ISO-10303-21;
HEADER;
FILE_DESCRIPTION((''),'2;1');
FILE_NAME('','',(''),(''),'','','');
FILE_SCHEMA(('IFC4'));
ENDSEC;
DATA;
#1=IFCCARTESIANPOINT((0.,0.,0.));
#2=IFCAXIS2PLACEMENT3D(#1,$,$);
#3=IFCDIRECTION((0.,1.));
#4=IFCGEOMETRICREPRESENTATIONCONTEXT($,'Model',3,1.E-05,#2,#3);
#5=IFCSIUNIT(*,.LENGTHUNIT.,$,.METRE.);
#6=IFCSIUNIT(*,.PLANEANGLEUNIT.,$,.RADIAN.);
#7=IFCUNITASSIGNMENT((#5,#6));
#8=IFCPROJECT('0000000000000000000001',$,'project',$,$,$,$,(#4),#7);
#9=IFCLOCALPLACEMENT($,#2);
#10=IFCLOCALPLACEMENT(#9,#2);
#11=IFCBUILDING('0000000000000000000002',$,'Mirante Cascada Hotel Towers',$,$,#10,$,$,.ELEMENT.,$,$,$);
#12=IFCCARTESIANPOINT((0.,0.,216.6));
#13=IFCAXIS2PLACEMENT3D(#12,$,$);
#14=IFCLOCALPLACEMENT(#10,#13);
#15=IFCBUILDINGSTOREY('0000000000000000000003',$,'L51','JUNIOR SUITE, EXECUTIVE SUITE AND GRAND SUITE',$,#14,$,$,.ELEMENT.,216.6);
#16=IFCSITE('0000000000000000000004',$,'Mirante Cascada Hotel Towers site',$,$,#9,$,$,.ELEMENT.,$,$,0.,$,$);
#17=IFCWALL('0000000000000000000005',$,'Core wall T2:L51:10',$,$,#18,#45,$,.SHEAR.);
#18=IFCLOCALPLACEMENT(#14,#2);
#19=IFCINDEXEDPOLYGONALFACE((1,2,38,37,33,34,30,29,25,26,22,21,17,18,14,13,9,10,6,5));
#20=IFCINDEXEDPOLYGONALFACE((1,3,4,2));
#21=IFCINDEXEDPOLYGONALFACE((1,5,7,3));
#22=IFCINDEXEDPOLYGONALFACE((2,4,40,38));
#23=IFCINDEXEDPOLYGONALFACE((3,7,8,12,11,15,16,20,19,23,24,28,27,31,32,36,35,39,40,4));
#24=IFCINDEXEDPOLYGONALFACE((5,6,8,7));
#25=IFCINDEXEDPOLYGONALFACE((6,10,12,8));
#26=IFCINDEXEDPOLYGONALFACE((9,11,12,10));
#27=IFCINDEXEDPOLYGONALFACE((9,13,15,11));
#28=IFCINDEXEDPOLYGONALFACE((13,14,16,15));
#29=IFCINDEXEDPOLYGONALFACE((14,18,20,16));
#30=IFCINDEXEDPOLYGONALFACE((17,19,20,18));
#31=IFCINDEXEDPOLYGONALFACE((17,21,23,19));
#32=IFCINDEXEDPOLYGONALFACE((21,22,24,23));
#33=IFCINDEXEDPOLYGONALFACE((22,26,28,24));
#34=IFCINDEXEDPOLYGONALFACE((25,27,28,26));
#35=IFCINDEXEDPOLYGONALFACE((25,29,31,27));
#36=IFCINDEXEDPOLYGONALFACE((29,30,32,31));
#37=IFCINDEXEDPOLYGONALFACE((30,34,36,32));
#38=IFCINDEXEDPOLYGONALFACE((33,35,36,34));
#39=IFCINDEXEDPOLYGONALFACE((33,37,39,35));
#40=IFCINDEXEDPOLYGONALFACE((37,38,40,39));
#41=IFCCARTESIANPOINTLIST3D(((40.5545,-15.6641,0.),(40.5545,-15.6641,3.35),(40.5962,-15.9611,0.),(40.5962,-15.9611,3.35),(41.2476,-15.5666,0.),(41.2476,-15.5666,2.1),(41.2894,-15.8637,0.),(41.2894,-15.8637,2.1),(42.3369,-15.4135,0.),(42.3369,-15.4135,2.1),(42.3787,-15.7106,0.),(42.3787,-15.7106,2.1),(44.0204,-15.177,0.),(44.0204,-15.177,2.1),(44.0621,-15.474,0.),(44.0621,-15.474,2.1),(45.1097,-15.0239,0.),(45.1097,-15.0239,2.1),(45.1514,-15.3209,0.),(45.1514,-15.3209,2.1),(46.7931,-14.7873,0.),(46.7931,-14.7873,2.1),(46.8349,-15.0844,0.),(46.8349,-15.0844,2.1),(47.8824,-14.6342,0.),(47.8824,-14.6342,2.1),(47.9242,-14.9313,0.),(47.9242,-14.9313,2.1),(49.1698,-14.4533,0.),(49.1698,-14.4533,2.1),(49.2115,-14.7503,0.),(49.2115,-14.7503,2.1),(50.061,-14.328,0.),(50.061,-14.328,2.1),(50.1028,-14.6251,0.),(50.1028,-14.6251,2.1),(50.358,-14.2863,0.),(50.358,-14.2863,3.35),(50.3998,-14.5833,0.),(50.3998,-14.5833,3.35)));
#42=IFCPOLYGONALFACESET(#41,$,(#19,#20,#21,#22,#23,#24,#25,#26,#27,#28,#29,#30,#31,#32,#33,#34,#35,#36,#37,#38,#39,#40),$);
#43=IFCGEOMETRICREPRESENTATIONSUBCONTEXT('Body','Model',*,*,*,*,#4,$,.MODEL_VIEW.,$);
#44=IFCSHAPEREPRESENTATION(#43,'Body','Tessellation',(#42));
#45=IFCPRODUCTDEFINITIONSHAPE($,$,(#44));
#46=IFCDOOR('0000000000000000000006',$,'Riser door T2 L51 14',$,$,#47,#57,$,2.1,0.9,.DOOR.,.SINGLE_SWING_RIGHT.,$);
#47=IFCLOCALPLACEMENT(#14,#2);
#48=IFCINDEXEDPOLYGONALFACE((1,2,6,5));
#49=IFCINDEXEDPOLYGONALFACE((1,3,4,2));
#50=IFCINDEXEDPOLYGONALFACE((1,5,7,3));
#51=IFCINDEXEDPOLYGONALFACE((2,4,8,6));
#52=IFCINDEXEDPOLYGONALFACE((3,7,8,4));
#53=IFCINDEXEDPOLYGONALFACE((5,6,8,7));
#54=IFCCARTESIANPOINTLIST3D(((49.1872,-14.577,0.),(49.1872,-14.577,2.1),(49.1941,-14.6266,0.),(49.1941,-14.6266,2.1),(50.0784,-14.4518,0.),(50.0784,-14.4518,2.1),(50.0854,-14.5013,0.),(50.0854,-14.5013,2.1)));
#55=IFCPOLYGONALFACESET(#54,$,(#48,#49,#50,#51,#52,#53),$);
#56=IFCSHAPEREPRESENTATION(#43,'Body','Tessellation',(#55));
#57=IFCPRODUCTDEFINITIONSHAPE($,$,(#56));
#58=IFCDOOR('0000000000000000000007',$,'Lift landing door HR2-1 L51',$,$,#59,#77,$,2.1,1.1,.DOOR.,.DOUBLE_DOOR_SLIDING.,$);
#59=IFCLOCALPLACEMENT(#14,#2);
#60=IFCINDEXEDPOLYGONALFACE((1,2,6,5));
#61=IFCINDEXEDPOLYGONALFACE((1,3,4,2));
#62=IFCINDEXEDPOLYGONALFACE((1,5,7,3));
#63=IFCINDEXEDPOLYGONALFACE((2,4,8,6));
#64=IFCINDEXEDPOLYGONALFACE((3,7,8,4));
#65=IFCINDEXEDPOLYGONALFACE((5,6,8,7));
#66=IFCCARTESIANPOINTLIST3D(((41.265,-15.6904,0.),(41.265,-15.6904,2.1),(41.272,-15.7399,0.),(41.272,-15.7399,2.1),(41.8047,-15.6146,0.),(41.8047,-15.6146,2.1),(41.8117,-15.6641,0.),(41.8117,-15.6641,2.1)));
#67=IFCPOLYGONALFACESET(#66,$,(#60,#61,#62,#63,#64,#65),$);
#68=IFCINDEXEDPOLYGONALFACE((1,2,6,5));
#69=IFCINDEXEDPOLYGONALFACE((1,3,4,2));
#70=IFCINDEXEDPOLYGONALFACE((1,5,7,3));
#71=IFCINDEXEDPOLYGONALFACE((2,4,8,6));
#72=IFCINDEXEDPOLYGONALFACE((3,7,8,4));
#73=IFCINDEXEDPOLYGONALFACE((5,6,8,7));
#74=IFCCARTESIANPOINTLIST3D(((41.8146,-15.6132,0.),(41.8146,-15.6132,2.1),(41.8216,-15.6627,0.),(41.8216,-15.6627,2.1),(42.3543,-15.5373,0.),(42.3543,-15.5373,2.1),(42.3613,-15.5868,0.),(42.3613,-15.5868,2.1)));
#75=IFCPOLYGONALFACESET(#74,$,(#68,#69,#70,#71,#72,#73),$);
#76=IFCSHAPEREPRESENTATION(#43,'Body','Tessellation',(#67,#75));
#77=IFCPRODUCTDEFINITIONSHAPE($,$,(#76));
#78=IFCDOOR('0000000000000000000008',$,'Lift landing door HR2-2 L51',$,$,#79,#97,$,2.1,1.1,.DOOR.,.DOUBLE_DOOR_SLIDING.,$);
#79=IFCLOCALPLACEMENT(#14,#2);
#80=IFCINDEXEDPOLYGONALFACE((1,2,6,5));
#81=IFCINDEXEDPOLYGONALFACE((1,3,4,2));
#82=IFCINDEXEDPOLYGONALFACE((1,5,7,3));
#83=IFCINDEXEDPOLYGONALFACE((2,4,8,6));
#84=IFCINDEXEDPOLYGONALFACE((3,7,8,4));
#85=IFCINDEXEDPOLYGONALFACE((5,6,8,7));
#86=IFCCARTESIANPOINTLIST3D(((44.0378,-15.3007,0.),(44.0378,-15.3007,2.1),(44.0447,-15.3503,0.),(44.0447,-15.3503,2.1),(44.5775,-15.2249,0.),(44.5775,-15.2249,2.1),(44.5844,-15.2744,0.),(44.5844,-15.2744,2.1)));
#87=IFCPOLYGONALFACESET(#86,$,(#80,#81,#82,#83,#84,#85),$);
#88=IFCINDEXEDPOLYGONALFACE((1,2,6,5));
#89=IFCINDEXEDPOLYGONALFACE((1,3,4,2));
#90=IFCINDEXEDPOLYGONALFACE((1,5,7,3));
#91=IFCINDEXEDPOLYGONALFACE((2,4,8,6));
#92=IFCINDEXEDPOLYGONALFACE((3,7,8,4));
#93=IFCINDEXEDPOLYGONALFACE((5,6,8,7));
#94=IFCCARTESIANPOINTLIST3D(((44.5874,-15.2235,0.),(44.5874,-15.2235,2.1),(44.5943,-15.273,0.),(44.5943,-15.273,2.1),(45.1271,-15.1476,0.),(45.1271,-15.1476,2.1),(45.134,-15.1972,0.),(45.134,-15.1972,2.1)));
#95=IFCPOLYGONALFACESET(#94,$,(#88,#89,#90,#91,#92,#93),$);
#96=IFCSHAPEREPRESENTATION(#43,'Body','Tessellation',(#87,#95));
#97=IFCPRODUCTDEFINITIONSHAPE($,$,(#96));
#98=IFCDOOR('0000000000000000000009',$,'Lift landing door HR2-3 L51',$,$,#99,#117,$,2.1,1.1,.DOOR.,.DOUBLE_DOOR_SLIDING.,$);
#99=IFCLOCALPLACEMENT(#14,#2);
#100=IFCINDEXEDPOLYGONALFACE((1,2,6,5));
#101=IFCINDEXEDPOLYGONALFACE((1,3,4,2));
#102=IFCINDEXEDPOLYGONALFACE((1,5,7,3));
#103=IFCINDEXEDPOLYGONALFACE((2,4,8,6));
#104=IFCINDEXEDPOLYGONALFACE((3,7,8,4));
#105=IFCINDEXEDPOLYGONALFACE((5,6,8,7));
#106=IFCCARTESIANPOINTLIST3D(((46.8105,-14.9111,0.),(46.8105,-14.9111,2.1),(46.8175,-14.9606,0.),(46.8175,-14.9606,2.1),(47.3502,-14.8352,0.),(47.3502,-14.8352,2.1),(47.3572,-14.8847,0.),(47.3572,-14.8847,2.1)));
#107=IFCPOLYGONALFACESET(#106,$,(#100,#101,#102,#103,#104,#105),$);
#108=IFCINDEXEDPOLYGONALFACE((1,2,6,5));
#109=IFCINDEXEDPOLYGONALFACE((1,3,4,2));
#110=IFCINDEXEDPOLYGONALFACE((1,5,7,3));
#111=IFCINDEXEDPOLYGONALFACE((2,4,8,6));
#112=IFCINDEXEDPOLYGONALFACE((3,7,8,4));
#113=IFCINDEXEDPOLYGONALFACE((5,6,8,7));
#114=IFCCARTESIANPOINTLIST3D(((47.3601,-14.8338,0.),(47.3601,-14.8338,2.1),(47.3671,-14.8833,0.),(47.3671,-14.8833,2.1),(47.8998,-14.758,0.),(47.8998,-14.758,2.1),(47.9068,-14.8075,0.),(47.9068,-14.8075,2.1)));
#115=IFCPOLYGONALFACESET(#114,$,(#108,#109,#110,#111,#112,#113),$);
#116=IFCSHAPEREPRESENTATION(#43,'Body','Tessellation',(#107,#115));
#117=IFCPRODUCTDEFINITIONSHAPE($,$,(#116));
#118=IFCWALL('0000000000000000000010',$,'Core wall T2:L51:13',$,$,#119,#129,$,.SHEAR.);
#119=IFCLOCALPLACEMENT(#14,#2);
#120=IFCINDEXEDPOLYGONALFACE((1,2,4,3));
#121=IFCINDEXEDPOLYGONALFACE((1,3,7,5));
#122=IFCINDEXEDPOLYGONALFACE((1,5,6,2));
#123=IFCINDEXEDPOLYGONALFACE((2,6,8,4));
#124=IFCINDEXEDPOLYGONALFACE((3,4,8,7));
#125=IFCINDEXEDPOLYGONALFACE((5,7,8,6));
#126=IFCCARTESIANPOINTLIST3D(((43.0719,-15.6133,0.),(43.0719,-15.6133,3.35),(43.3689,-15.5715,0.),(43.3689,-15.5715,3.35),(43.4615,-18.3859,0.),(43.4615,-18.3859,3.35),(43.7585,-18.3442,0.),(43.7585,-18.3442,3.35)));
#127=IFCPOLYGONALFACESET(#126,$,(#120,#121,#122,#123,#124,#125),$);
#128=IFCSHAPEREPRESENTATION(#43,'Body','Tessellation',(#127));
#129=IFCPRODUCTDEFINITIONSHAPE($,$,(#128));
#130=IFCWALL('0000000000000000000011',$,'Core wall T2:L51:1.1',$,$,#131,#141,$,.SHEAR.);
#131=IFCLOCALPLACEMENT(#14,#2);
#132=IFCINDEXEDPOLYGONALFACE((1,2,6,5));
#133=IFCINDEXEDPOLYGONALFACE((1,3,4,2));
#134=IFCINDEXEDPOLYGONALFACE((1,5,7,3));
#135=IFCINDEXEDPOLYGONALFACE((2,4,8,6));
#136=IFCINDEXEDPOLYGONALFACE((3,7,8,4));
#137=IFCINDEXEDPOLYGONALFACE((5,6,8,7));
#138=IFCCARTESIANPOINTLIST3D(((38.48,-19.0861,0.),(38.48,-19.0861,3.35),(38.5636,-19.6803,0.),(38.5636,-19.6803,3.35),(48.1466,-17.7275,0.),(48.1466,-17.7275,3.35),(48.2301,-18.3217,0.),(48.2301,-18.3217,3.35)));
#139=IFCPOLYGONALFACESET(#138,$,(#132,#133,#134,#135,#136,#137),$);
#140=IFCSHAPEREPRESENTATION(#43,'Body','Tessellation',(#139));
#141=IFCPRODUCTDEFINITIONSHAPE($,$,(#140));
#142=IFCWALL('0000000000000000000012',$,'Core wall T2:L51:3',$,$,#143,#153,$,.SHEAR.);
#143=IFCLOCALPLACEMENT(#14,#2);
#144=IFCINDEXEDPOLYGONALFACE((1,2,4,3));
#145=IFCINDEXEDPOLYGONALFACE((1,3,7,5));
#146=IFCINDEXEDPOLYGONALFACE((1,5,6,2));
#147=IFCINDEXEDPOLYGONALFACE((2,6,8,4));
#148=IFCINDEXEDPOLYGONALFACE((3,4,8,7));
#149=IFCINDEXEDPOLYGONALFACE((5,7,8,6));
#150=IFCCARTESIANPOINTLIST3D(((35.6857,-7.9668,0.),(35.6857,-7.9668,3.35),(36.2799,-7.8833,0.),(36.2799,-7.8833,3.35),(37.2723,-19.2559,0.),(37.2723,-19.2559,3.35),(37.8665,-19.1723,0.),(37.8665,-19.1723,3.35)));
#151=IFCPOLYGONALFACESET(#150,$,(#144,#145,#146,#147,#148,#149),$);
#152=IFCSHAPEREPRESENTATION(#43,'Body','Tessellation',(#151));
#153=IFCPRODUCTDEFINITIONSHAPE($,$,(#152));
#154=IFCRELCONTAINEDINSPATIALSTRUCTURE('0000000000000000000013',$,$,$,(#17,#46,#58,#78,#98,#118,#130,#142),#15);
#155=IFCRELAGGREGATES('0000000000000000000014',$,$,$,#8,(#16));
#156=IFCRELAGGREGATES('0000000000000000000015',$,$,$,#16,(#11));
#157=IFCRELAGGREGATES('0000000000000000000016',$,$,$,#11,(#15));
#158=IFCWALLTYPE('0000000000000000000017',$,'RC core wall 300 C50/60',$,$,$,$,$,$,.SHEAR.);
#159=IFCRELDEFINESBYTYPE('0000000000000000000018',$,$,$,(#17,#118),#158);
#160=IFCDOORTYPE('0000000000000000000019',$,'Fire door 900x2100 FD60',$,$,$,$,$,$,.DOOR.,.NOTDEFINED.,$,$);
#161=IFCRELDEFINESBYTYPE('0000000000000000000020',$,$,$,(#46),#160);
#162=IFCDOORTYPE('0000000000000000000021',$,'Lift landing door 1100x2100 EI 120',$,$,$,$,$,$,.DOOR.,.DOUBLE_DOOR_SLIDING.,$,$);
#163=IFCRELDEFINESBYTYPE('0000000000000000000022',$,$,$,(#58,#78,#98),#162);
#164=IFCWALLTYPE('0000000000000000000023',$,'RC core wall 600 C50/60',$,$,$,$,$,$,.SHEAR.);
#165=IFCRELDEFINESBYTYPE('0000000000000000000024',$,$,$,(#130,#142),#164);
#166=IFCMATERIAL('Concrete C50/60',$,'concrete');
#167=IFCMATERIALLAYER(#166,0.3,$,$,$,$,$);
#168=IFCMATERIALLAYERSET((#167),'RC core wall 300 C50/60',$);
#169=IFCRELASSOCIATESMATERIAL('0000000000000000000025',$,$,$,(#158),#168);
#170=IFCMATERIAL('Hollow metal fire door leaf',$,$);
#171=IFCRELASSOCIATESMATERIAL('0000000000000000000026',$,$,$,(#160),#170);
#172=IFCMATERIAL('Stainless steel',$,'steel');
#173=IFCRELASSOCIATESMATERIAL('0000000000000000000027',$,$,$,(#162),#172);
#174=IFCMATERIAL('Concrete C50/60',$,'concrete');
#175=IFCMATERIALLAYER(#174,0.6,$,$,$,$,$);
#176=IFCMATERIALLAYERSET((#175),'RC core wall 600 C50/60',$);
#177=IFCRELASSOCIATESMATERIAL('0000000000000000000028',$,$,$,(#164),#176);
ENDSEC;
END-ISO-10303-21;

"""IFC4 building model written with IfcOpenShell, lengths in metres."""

from ifc_helpers import new_model, si_unit, direction, frame, frame_2d, origin, place, context, subcontext, project, spatial, rectangle, extrude, material, layer, layer_set, type_object, element, fill, save


model = new_model("IFC4")

# Units and contexts
model_context = context("Model", 3, precision=1e-05, world=origin(), true_north=direction((0.0, 1.0)))
body_context = subcontext(model_context, "Body", "Model", "MODEL_VIEW")
ifc_project = project(units=[si_unit("LENGTHUNIT", "METRE"), si_unit("PLANEANGLEUNIT", "RADIAN")], contexts=[model_context])

# Site, building, storey
site_placement = place(None, origin())
site = spatial("IfcSite", under=ifc_project, at=site_placement, Name="Mirante Cascada Hotel Towers site", CompositionType="ELEMENT", RefElevation=0.0)
building_placement = place(site_placement, origin())
building = spatial("IfcBuilding", under=site, at=building_placement, Name="Mirante Cascada Hotel Towers", CompositionType="ELEMENT")
storey_placement = place(building_placement, frame((0.0, 0.0, 216.6)))
storey = spatial("IfcBuildingStorey", under=building, at=storey_placement, Name="L51", Description="JUNIOR SUITE, EXECUTIVE SUITE AND GRAND SUITE", CompositionType="ELEMENT", Elevation=216.6)

# Shared definitions
ifc_material_1 = material(Name="Concrete C50/60", Category="concrete")
ifc_layer_1 = layer(ifc_material_1, 0.3)
ifc_layer_set_1 = layer_set([ifc_layer_1], Name="RC core wall 300 C50/60")
wall_type_1 = type_object("IfcWallType", Name="RC core wall 300 C50/60", PredefinedType="SHEAR", material=ifc_layer_set_1)

# Wall, openings, doors
wall_1_placement = place(storey_placement, frame((40.5753, -15.8126, 0.0), z_axis=(0.0, 0.0, 1.0), x_axis=(0.990268, 0.139173, 0.0)))
wall_1 = element("IfcWall", 1, at=wall_1_placement, inside=storey, type_object=wall_type_1, Name="Core wall T2:L51:10", PredefinedType="SHEAR", context=body_context, shape_type="SweptSolid", body=[
    extrude(rectangle(XDim=9.8999, YDim=0.3, at=frame_2d((4.95, 0.0))), origin(), (0.0, 0.0, 1.0), 3.35),
])
opening_1_placement = place(wall_1_placement, frame((0.7, 0.0, 0.0)))
opening_1 = element("IfcOpeningElement", 2, at=opening_1_placement, cuts=wall_1, PredefinedType="OPENING", context=body_context, shape_type="SweptSolid", body=[
    extrude(rectangle(XDim=1.1, YDim=2.1, at=frame_2d((0.55, 1.05))), frame((0.0, 0.15, 0.0), z_axis=(0.0, -1.0, 0.0), x_axis=(1.0, 0.0, 0.0)), (0.0, 0.0, 1.0), 0.3),
])
opening_2_placement = place(wall_1_placement, frame((3.5, 0.0, 0.0)))
opening_2 = element("IfcOpeningElement", 3, at=opening_2_placement, cuts=wall_1, PredefinedType="OPENING", context=body_context, shape_type="SweptSolid", body=[
    extrude(rectangle(XDim=1.1, YDim=2.1, at=frame_2d((0.55, 1.05))), frame((0.0, 0.15, 0.0), z_axis=(0.0, -1.0, 0.0), x_axis=(1.0, 0.0, 0.0)), (0.0, 0.0, 1.0), 0.3),
])
opening_3_placement = place(wall_1_placement, frame((6.3, 0.0, 0.0)))
opening_3 = element("IfcOpeningElement", 4, at=opening_3_placement, cuts=wall_1, PredefinedType="OPENING", context=body_context, shape_type="SweptSolid", body=[
    extrude(rectangle(XDim=1.1, YDim=2.1, at=frame_2d((0.55, 1.05))), frame((0.0, 0.15, 0.0), z_axis=(0.0, -1.0, 0.0), x_axis=(1.0, 0.0, 0.0)), (0.0, 0.0, 1.0), 0.3),
])
opening_4_placement = place(wall_1_placement, frame((8.7, 0.0, 0.0)))
opening_4 = element("IfcOpeningElement", 5, at=opening_4_placement, cuts=wall_1, PredefinedType="OPENING", context=body_context, shape_type="SweptSolid", body=[
    extrude(rectangle(XDim=0.9, YDim=2.1, at=frame_2d((0.45, 1.05))), frame((0.0, 0.15, 0.0), z_axis=(0.0, -1.0, 0.0), x_axis=(1.0, 0.0, 0.0)), (0.0, 0.0, 1.0), 0.3),
])
ifc_material_2 = material(Name="Hollow metal fire door leaf")
door_type_1 = type_object("IfcDoorType", Name="Fire door 900x2100 FD60", OperationType="NOTDEFINED", PredefinedType="DOOR", material=ifc_material_2)
door_1_placement = place(opening_4_placement, frame((0.9, 0.0, 0.0), z_axis=(0.0, 0.0, 1.0), x_axis=(-1.0, 0.0, 0.0)))
door_1 = element("IfcDoor", 6, at=door_1_placement, inside=storey, type_object=door_type_1, Name="Riser door T2 L51 14", OperationType="SINGLE_SWING_RIGHT", OverallHeight=2.1, OverallWidth=0.9, PredefinedType="DOOR", context=body_context, shape_type="SweptSolid", body=[
    extrude(rectangle(XDim=0.9, YDim=2.1, at=frame_2d((0.45, 1.05))), frame((0.0, 0.025, 0.0), z_axis=(0.0, -1.0, 0.0), x_axis=(1.0, 0.0, 0.0)), (0.0, 0.0, 1.0), 0.05),
])
fill(opening_4, door_1)
ifc_material_3 = material(Name="Stainless steel", Category="steel")
door_type_2 = type_object("IfcDoorType", Name="Lift landing door 1100x2100 EI 120", OperationType="DOUBLE_DOOR_SLIDING", PredefinedType="DOOR", material=ifc_material_3)
door_2_placement = place(opening_1_placement, origin())
door_2 = element("IfcDoor", 7, at=door_2_placement, inside=storey, type_object=door_type_2, Name="Lift landing door HR2-1 L51", OperationType="DOUBLE_DOOR_SLIDING", OverallHeight=2.1, OverallWidth=1.1, PredefinedType="DOOR", context=body_context, shape_type="SweptSolid", body=[
    extrude(rectangle(XDim=0.545, YDim=2.1, at=frame_2d((0.2725, 1.05))), frame((0.0, 0.025, 0.0), z_axis=(0.0, -1.0, 0.0), x_axis=(1.0, 0.0, 0.0)), (0.0, 0.0, 1.0), 0.05),
    extrude(rectangle(XDim=0.545, YDim=2.1, at=frame_2d((0.8275, 1.05))), frame((0.0, 0.025, 0.0), z_axis=(0.0, -1.0, 0.0), x_axis=(1.0, 0.0, 0.0)), (0.0, 0.0, 1.0), 0.05),
])
fill(opening_1, door_2)
door_3_placement = place(opening_2_placement, origin())
door_3 = element("IfcDoor", 8, at=door_3_placement, inside=storey, type_object=door_type_2, Name="Lift landing door HR2-2 L51", OperationType="DOUBLE_DOOR_SLIDING", OverallHeight=2.1, OverallWidth=1.1, PredefinedType="DOOR", context=body_context, shape_type="SweptSolid", body=[
    extrude(rectangle(XDim=0.545, YDim=2.1, at=frame_2d((0.2725, 1.05))), frame((0.0, 0.025, 0.0), z_axis=(0.0, -1.0, 0.0), x_axis=(1.0, 0.0, 0.0)), (0.0, 0.0, 1.0), 0.05),
    extrude(rectangle(XDim=0.545, YDim=2.1, at=frame_2d((0.8275, 1.05))), frame((0.0, 0.025, 0.0), z_axis=(0.0, -1.0, 0.0), x_axis=(1.0, 0.0, 0.0)), (0.0, 0.0, 1.0), 0.05),
])
fill(opening_2, door_3)
door_4_placement = place(opening_3_placement, origin())
door_4 = element("IfcDoor", 9, at=door_4_placement, inside=storey, type_object=door_type_2, Name="Lift landing door HR2-3 L51", OperationType="DOUBLE_DOOR_SLIDING", OverallHeight=2.1, OverallWidth=1.1, PredefinedType="DOOR", context=body_context, shape_type="SweptSolid", body=[
    extrude(rectangle(XDim=0.545, YDim=2.1, at=frame_2d((0.2725, 1.05))), frame((0.0, 0.025, 0.0), z_axis=(0.0, -1.0, 0.0), x_axis=(1.0, 0.0, 0.0)), (0.0, 0.0, 1.0), 0.05),
    extrude(rectangle(XDim=0.545, YDim=2.1, at=frame_2d((0.8275, 1.05))), frame((0.0, 0.025, 0.0), z_axis=(0.0, -1.0, 0.0), x_axis=(1.0, 0.0, 0.0)), (0.0, 0.0, 1.0), 0.05),
])
fill(opening_3, door_4)

# Walls
wall_2_placement = place(storey_placement, frame((43.61, -18.3651, 0.0), z_axis=(0.0, 0.0, 1.0), x_axis=(-0.139146, 0.990272, 0.0)))
element("IfcWall", 10, at=wall_2_placement, inside=storey, type_object=wall_type_1, Name="Core wall T2:L51:13", PredefinedType="SHEAR", context=body_context, shape_type="SweptSolid", body=[
    extrude(rectangle(XDim=2.7999, YDim=0.3, at=frame_2d((1.4, 0.0))), origin(), (0.0, 0.0, 1.0), 3.35),
])
ifc_material_4 = material(Name="Concrete C50/60", Category="concrete")
ifc_layer_2 = layer(ifc_material_4, 0.6)
ifc_layer_set_2 = layer_set([ifc_layer_2], Name="RC core wall 600 C50/60")
wall_type_2 = type_object("IfcWallType", Name="RC core wall 600 C50/60", PredefinedType="SHEAR", material=ifc_layer_set_2)
wall_3_placement = place(storey_placement, frame((38.5218, -19.3832, 0.0), z_axis=(0.0, 0.0, 1.0), x_axis=(0.990267, 0.139178, 0.0)))
element("IfcWall", 11, at=wall_3_placement, inside=storey, type_object=wall_type_2, Name="Core wall T2:L51:1.1", PredefinedType="SHEAR", context=body_context, shape_type="SweptSolid", body=[
    extrude(rectangle(XDim=9.7616, YDim=0.6, at=frame_2d((4.8808, 0.0))), origin(), (0.0, 0.0, 1.0), 3.35),
])
wall_4_placement = place(storey_placement, frame((37.5694, -19.2141, 0.0), z_axis=(0.0, 0.0, 1.0), x_axis=(-0.139175, 0.990268, 0.0)))
element("IfcWall", 12, at=wall_4_placement, inside=storey, type_object=wall_type_2, Name="Core wall T2:L51:3", PredefinedType="SHEAR", context=body_context, shape_type="SweptSolid", body=[
    extrude(rectangle(XDim=11.4, YDim=0.6, at=frame_2d((5.7, 0.0))), origin(), (0.0, 0.0, 1.0), 3.35),
])

save(model, "model.ifc")
